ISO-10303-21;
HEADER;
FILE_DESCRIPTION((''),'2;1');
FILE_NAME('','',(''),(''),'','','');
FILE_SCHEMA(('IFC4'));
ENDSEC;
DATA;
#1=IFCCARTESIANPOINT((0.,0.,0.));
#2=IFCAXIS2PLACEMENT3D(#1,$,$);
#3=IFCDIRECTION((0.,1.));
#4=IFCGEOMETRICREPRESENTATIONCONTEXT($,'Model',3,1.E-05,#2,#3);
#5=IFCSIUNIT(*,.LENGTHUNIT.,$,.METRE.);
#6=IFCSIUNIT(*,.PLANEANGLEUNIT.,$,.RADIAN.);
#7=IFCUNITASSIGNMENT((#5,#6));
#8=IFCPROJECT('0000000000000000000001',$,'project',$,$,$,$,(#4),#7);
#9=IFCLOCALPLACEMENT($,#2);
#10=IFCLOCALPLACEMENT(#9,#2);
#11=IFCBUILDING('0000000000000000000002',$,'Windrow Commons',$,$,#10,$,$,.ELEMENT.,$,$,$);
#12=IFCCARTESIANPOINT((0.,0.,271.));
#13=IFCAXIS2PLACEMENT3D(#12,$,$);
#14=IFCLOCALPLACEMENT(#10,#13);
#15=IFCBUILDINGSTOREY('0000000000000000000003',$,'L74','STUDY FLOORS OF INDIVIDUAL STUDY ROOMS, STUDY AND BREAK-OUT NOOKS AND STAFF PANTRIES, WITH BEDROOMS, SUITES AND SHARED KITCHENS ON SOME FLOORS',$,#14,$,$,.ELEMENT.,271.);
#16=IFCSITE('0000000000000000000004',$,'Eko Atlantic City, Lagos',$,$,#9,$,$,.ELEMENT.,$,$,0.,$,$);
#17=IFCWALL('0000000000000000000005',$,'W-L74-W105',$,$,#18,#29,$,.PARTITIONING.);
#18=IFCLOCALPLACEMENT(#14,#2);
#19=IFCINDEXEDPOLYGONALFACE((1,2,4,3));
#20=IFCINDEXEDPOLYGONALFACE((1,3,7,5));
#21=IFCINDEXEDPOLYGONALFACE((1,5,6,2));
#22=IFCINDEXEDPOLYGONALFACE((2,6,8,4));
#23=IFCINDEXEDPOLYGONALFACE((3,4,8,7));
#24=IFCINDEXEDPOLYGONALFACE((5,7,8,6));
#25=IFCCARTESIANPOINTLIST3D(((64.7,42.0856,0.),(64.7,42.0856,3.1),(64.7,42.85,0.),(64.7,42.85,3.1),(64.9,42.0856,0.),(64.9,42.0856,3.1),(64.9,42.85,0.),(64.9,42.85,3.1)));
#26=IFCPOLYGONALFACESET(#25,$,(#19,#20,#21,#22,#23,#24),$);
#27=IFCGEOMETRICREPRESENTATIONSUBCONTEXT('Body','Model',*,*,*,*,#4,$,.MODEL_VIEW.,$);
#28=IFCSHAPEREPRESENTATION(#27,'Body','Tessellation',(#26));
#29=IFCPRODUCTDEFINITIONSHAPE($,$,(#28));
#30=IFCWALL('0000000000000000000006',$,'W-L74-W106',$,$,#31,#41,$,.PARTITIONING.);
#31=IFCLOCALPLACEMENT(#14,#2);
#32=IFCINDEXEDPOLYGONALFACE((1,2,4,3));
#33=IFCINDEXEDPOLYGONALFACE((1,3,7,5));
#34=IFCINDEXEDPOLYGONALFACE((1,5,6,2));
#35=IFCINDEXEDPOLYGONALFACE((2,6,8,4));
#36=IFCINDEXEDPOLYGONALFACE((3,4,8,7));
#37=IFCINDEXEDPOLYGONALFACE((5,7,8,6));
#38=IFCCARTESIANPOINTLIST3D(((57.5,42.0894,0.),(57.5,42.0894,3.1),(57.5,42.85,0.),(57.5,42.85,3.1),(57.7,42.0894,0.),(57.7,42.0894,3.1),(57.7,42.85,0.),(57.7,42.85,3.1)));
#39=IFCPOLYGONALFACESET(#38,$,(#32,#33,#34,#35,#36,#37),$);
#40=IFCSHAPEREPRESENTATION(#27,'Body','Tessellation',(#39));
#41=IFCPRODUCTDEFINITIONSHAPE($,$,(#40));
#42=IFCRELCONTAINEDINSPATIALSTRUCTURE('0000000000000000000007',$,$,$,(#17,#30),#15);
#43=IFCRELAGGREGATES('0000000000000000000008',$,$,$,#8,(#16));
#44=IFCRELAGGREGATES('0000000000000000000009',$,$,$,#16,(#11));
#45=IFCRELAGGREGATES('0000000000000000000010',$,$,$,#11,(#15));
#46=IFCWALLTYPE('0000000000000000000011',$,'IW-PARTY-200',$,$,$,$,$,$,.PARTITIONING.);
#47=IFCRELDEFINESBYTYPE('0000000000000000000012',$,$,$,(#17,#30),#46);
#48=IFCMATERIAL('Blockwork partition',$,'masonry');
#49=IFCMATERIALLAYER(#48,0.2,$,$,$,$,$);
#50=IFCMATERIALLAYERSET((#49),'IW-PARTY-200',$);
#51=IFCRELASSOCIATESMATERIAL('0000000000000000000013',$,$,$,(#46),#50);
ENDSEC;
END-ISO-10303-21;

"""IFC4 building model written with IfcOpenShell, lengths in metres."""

from ifc_helpers import new_model, si_unit, direction, frame, frame_2d, origin, place, context, subcontext, project, spatial, rectangle, extrude, material, layer, layer_set, type_object, element, save


model = new_model("IFC4")

# Units and contexts
model_context = context("Model", 3, precision=1e-05, world=origin(), true_north=direction((0.0, 1.0)))
body_context = subcontext(model_context, "Body", "Model", "MODEL_VIEW")
ifc_project = project(units=[si_unit("LENGTHUNIT", "METRE"), si_unit("PLANEANGLEUNIT", "RADIAN")], contexts=[model_context])

# Site, building, storey
site_placement = place(None, origin())
site = spatial("IfcSite", under=ifc_project, at=site_placement, Name="Eko Atlantic City, Lagos", CompositionType="ELEMENT", RefElevation=0.0)
building_placement = place(site_placement, origin())
building = spatial("IfcBuilding", under=site, at=building_placement, Name="Windrow Commons", CompositionType="ELEMENT")
storey_placement = place(building_placement, frame((0.0, 0.0, 271.0)))
storey = spatial("IfcBuildingStorey", under=building, at=storey_placement, Name="L74", Description="STUDY FLOORS OF INDIVIDUAL STUDY ROOMS, STUDY AND BREAK-OUT NOOKS AND STAFF PANTRIES, WITH BEDROOMS, SUITES AND SHARED KITCHENS ON SOME FLOORS", CompositionType="ELEMENT", Elevation=271.0)

# Walls
ifc_material_1 = material(Name="Blockwork partition", Category="masonry")
ifc_layer_1 = layer(ifc_material_1, 0.2)
ifc_layer_set_1 = layer_set([ifc_layer_1], Name="IW-PARTY-200")
wall_type_1 = type_object("IfcWallType", Name="IW-PARTY-200", PredefinedType="PARTITIONING", material=ifc_layer_set_1)
wall_1_placement = place(storey_placement, frame((64.8, 42.0857, 0.0), z_axis=(0.0, 0.0, 1.0), x_axis=(0.0, 1.0, 0.0)))
element("IfcWall", 1, at=wall_1_placement, inside=storey, type_object=wall_type_1, Name="W-L74-W105", PredefinedType="PARTITIONING", context=body_context, shape_type="SweptSolid", body=[
    extrude(rectangle(XDim=0.7643, YDim=0.2, at=frame_2d((0.3821, 0.0))), origin(), (0.0, 0.0, 1.0), 3.1),
])
wall_2_placement = place(storey_placement, frame((57.6, 42.0894, 0.0), z_axis=(0.0, 0.0, 1.0), x_axis=(0.0, 1.0, 0.0)))
element("IfcWall", 2, at=wall_2_placement, inside=storey, type_object=wall_type_1, Name="W-L74-W106", PredefinedType="PARTITIONING", context=body_context, shape_type="SweptSolid", body=[
    extrude(rectangle(XDim=0.7606, YDim=0.2, at=frame_2d((0.3803, 0.0))), origin(), (0.0, 0.0, 1.0), 3.1),
])

save(model, "model.ifc")
